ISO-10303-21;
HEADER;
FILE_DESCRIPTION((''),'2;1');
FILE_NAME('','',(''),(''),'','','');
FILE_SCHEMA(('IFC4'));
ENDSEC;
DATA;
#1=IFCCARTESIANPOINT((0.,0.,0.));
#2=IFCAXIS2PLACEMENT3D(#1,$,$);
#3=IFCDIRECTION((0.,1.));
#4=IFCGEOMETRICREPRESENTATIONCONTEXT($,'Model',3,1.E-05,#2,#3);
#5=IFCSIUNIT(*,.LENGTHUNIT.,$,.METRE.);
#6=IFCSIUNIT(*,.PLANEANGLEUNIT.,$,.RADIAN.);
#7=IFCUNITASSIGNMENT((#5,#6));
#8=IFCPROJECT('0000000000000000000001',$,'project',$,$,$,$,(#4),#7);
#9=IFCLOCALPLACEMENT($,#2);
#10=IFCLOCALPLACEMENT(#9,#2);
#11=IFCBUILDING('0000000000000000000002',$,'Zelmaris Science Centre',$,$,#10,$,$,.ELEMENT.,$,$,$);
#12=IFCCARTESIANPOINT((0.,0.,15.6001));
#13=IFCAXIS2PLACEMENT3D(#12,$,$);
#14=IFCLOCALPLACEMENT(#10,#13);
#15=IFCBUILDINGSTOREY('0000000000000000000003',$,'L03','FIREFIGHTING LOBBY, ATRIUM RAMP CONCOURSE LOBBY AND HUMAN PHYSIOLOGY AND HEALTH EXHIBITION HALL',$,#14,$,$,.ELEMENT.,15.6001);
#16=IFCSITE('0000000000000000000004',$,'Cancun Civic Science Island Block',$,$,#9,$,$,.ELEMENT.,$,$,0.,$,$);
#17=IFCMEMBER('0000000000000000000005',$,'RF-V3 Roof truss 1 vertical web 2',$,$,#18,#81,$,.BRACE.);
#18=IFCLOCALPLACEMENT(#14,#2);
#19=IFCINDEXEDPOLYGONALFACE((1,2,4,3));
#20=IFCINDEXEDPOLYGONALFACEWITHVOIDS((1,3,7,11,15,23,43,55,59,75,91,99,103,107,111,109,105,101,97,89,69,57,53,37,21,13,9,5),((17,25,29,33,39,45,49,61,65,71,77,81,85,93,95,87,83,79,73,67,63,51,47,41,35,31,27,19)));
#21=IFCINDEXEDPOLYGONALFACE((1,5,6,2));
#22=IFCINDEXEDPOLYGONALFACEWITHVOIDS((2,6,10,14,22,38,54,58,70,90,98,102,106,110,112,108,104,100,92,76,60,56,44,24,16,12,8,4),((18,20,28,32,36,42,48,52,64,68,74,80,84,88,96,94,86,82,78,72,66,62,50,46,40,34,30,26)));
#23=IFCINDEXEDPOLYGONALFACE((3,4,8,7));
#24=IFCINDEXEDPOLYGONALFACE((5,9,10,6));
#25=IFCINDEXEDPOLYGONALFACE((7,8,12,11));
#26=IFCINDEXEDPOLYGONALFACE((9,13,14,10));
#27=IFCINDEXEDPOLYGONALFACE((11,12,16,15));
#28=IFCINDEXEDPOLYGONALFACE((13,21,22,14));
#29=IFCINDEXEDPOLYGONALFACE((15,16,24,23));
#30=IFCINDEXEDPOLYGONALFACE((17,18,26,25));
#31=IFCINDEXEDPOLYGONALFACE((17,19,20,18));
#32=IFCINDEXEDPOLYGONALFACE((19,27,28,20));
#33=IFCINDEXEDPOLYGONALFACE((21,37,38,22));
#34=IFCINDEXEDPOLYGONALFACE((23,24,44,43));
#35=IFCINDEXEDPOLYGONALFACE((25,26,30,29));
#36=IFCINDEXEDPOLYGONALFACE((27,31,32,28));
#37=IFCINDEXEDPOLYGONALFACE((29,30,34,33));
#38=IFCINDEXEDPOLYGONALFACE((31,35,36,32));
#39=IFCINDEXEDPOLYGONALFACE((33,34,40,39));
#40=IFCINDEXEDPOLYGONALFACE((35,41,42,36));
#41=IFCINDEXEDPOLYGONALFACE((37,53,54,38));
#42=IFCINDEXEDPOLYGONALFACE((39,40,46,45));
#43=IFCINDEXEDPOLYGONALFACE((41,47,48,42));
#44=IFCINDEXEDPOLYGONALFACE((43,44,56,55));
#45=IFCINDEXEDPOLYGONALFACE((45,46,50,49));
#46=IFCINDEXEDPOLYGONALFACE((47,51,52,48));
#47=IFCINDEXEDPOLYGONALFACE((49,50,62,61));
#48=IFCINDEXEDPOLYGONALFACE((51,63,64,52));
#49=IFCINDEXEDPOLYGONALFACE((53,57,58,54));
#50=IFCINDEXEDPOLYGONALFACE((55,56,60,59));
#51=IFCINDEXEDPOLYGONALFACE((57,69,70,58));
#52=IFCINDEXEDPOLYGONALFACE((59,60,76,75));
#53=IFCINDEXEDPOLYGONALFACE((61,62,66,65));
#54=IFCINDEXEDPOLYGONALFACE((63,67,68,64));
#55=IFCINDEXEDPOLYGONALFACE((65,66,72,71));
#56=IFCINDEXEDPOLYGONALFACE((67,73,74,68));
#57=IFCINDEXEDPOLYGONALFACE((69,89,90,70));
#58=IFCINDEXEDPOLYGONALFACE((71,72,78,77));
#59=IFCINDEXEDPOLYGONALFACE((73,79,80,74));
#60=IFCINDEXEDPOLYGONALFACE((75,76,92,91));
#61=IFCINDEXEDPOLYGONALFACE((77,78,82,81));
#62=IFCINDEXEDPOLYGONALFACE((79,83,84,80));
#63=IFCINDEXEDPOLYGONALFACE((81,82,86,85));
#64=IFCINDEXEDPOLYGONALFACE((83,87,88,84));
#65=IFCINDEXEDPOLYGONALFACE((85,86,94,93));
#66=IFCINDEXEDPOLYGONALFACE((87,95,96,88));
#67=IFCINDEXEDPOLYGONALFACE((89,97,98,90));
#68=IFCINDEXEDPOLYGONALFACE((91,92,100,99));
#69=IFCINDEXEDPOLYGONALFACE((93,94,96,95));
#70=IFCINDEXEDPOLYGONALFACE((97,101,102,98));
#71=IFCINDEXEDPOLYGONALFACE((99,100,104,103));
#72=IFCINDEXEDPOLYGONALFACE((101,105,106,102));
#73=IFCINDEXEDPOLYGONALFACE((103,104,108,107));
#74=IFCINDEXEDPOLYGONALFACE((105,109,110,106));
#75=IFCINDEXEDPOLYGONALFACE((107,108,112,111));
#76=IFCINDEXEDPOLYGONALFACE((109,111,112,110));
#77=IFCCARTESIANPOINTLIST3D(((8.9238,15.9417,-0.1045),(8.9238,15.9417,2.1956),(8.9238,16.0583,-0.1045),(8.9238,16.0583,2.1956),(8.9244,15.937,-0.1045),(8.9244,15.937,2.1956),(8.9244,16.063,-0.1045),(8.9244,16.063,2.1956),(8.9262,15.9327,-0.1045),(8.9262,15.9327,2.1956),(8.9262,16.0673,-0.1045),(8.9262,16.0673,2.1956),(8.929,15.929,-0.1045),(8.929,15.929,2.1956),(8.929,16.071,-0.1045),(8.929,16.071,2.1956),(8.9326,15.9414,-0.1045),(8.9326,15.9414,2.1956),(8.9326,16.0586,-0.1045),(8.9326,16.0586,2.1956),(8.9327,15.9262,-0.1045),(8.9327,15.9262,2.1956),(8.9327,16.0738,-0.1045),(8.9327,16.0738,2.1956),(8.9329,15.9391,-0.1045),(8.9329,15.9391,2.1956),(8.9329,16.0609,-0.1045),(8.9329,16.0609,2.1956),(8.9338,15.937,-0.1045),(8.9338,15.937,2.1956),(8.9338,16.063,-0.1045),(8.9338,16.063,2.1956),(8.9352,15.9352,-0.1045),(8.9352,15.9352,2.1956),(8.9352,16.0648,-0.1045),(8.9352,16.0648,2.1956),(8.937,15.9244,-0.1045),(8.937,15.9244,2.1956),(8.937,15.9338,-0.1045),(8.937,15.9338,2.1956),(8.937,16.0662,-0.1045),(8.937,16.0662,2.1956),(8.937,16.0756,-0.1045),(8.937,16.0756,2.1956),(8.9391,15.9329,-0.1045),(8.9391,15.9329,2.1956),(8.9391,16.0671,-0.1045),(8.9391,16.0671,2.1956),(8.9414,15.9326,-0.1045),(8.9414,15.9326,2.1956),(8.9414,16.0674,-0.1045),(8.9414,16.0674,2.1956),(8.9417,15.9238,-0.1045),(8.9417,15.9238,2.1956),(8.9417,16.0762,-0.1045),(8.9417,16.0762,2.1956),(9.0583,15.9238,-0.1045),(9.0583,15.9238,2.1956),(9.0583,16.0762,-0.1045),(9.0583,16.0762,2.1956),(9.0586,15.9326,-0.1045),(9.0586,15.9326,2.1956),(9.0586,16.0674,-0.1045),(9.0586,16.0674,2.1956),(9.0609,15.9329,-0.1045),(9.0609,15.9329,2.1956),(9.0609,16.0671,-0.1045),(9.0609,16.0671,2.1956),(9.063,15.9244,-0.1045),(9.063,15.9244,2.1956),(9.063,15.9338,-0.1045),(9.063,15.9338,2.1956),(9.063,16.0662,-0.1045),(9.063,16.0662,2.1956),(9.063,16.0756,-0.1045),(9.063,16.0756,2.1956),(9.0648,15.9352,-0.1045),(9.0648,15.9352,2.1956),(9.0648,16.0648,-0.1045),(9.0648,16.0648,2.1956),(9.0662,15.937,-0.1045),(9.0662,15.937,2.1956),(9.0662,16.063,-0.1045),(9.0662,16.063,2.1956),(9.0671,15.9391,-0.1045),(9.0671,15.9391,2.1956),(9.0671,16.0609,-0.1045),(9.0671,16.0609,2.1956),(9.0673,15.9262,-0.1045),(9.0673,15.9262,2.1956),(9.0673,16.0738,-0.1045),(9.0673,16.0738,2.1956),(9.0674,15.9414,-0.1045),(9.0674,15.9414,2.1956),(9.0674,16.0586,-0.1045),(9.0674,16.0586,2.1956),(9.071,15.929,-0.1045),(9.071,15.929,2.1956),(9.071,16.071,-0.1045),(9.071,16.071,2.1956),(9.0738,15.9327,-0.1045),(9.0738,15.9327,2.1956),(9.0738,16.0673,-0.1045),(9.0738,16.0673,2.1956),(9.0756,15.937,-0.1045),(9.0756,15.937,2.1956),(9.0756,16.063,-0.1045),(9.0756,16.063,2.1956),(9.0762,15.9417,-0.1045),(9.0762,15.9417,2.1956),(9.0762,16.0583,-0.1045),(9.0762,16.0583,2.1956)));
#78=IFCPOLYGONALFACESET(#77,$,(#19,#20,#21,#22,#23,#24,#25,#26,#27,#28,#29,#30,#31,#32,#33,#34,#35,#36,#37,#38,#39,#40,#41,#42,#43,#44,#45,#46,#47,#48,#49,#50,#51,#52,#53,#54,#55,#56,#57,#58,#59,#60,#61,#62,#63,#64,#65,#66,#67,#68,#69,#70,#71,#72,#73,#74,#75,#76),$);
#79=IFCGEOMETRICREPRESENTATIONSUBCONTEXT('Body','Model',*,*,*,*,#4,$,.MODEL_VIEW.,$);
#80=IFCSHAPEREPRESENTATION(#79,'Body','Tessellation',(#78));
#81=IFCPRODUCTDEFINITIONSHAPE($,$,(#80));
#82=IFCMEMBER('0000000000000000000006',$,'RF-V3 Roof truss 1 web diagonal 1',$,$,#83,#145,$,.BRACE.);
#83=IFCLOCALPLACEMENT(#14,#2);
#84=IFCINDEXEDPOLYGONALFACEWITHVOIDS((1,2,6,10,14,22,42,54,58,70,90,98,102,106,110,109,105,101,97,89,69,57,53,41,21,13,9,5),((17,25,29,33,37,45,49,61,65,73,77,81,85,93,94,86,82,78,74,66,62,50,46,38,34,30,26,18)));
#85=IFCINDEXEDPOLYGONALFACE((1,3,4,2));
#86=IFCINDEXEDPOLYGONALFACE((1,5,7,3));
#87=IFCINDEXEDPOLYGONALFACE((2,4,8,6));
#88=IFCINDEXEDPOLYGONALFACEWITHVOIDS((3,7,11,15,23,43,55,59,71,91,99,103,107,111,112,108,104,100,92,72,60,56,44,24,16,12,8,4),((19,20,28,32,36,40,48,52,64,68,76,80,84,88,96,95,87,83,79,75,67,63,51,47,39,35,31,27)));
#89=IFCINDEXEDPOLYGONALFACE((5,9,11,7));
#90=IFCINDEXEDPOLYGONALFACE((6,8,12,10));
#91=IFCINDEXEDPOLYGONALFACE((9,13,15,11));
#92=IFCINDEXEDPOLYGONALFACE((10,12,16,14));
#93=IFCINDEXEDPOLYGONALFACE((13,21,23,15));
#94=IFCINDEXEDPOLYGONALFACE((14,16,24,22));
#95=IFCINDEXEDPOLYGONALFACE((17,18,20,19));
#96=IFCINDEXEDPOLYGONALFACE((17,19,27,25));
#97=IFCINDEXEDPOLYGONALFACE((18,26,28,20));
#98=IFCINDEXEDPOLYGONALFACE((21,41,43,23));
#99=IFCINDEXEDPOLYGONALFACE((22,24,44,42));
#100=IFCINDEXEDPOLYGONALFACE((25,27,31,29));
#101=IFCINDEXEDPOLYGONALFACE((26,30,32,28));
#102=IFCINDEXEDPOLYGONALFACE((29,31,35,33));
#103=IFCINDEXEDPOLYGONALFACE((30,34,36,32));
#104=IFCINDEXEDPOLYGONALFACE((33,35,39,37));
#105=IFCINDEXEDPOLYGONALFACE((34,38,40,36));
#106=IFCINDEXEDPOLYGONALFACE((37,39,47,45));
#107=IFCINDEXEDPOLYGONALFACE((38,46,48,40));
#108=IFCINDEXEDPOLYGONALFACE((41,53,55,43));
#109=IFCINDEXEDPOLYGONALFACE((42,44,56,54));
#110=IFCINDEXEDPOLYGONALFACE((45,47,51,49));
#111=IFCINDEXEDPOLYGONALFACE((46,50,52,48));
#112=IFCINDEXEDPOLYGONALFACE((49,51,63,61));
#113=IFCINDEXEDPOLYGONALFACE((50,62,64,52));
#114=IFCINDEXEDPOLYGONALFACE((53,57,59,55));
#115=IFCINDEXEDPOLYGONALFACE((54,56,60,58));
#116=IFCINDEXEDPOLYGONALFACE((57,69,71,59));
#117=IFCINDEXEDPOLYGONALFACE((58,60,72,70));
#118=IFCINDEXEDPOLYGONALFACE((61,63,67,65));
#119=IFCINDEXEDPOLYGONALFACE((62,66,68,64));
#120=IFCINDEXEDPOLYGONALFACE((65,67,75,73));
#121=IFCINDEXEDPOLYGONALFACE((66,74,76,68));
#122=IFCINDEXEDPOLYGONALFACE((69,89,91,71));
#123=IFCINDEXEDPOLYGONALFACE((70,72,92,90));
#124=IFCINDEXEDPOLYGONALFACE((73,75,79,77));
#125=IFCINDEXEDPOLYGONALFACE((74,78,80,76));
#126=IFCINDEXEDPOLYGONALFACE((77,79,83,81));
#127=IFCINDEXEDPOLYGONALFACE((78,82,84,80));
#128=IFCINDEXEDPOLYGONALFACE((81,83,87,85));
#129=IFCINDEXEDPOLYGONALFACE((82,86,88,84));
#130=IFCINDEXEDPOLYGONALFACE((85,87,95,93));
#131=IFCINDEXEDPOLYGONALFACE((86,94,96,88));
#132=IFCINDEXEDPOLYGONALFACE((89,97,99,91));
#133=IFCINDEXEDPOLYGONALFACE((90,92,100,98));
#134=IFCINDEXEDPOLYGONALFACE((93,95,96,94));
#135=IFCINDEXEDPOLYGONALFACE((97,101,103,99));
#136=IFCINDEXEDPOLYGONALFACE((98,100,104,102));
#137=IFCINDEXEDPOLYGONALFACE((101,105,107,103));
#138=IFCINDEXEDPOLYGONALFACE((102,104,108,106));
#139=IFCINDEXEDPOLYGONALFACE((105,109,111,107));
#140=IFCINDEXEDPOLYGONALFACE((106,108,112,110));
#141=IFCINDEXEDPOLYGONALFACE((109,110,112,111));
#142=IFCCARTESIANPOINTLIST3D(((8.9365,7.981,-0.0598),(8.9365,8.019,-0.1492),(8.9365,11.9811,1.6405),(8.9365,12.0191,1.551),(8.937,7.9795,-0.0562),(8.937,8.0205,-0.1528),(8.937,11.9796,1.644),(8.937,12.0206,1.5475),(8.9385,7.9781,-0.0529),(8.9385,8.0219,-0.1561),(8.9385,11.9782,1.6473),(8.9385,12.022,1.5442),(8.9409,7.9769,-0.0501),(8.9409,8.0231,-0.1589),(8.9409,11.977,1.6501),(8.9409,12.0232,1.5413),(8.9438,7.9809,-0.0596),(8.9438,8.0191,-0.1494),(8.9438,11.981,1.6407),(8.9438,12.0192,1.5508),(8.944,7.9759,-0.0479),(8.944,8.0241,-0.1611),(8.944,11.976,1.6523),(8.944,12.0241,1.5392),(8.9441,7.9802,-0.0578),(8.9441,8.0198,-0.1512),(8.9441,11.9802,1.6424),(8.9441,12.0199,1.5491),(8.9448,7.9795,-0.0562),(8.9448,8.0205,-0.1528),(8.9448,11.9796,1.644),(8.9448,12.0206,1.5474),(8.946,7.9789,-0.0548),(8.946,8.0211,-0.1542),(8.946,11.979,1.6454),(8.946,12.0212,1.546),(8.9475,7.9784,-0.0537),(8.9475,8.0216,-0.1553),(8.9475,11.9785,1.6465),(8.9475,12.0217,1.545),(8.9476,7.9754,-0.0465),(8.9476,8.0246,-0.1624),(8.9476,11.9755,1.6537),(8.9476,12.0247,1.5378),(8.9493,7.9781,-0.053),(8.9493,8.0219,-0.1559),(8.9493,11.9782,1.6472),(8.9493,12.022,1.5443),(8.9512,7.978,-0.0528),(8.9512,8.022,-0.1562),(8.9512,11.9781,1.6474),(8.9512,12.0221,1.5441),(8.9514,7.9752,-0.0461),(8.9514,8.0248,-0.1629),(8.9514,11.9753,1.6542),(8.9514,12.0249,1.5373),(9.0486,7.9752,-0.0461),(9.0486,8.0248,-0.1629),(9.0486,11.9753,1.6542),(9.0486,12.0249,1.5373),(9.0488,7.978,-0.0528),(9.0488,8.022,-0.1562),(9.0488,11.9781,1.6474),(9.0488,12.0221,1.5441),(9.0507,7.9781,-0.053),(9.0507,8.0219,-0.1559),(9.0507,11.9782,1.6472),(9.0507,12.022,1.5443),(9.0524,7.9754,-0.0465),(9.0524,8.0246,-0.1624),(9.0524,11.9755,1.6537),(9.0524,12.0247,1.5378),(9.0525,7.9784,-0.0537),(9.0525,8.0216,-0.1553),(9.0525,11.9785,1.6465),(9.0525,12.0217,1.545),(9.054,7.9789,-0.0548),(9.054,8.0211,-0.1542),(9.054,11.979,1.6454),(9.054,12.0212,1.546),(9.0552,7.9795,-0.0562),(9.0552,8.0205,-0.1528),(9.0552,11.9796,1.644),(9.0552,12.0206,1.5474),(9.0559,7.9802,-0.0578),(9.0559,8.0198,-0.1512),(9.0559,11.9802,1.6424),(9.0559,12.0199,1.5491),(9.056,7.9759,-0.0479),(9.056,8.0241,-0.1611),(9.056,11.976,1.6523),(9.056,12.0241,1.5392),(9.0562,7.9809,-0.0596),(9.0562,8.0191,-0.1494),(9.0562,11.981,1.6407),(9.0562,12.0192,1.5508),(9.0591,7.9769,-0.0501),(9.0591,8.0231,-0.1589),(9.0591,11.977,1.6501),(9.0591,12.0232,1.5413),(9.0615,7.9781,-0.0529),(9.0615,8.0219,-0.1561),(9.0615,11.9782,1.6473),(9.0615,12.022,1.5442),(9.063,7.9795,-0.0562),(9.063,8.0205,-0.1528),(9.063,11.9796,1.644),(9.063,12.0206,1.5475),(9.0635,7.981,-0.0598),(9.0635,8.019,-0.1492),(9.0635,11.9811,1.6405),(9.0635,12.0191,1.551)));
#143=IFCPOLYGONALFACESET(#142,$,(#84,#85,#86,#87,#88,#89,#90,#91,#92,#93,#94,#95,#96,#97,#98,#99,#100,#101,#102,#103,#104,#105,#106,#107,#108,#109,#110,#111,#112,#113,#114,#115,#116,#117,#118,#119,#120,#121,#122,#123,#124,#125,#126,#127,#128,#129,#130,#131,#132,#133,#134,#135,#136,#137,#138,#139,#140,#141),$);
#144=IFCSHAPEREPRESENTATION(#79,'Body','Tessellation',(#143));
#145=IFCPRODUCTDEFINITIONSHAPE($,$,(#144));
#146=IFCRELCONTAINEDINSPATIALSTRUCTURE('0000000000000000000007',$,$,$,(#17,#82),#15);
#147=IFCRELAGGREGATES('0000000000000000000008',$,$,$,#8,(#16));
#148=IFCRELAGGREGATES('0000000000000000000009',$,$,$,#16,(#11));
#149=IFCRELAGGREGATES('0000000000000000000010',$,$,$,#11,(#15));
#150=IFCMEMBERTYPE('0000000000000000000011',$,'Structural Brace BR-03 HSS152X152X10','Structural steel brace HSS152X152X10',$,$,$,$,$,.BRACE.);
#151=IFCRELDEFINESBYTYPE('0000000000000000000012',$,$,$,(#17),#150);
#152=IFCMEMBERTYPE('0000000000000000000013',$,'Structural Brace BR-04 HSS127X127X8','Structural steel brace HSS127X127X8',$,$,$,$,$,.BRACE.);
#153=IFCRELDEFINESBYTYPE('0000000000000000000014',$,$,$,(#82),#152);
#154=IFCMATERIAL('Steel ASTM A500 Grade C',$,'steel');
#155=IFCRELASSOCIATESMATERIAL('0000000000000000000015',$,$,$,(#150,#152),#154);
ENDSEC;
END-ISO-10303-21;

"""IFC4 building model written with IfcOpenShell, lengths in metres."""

from ifc_helpers import new_model, si_unit, direction, frame, origin, origin_2d, place, context, subcontext, project, spatial, hollow_rectangle, extrude, material, material_profile, profile_set, type_object, element, save


model = new_model("IFC4")

# Units and contexts
model_context = context("Model", 3, precision=1e-05, world=origin(), true_north=direction((0.0, 1.0)))
body_context = subcontext(model_context, "Body", "Model", "MODEL_VIEW")
ifc_project = project(units=[si_unit("LENGTHUNIT", "METRE"), si_unit("PLANEANGLEUNIT", "RADIAN")], contexts=[model_context])

# Site, building, storey
site_placement = place(None, origin())
site = spatial("IfcSite", under=ifc_project, at=site_placement, Name="Cancun Civic Science Island Block", CompositionType="ELEMENT", RefElevation=0.0)
building_placement = place(site_placement, origin())
building = spatial("IfcBuilding", under=site, at=building_placement, Name="Zelmaris Science Centre", CompositionType="ELEMENT")
storey_placement = place(building_placement, frame((0.0, 0.0, 15.6001)))
storey = spatial("IfcBuildingStorey", under=building, at=storey_placement, Name="L03", Description="FIREFIGHTING LOBBY, ATRIUM RAMP CONCOURSE LOBBY AND HUMAN PHYSIOLOGY AND HEALTH EXHIBITION HALL", CompositionType="ELEMENT", Elevation=15.6001)

# Shared definitions
ifc_material_1 = material(Name="Steel ASTM A500 Grade C", Category="steel")

# Members
ifc_material_profile_1 = material_profile(ifc_material_1, hollow_rectangle(XDim=0.1523, YDim=0.1523, WallThickness=0.0088, InnerFilletRadius=0.0088, OuterFilletRadius=0.0178, at=origin_2d()), Name="HSS152X152X10")
ifc_profile_set_1 = profile_set([ifc_material_profile_1], Name="Steel ASTM A500 Grade C")
member_type_1 = type_object("IfcMemberType", Name="Structural Brace BR-03 HSS152X152X10", Description="Structural steel brace HSS152X152X10", PredefinedType="BRACE", material=ifc_profile_set_1)
member_1_placement = place(storey_placement, frame((9.0, 16.0, -0.1045), z_axis=(0.0, 0.0, 1.0), x_axis=(1.0, 0.0, 0.0)))
element("IfcMember", 1, at=member_1_placement, inside=storey, type_object=member_type_1, Name="RF-V3 Roof truss 1 vertical web 2", PredefinedType="BRACE", context=body_context, shape_type="SweptSolid", body=[
    extrude(hollow_rectangle(XDim=0.1523, YDim=0.1523, WallThickness=0.0088, InnerFilletRadius=0.0088, OuterFilletRadius=0.0178, at=origin_2d()), origin(), (0.0, 0.0, 1.0), 2.3),
])
ifc_material_profile_2 = material_profile(ifc_material_1, hollow_rectangle(XDim=0.127, YDim=0.127, WallThickness=0.0073, InnerFilletRadius=0.0073, OuterFilletRadius=0.0149, at=origin_2d()), Name="HSS127X127X8")
ifc_profile_set_2 = profile_set([ifc_material_profile_2], Name="Steel ASTM A500 Grade C")
member_type_2 = type_object("IfcMemberType", Name="Structural Brace BR-04 HSS127X127X8", Description="Structural steel brace HSS127X127X8", PredefinedType="BRACE", material=ifc_profile_set_2)
for number, where, z_axis, x_axis, name in (
    (2, (9.0, 8.0, -0.1045), (0.0, 0.920315, 0.391179), (-1.0, 0.0, 0.0), "RF-V3 Roof truss 1 web diagonal 1"),
):
    element("IfcMember", number, at=place(storey_placement, frame(where, z_axis=z_axis, x_axis=x_axis)), inside=storey, type_object=member_type_2, Name=name, PredefinedType="BRACE", context=body_context, shape_type="SweptSolid", body=[
        extrude(hollow_rectangle(XDim=0.127, YDim=0.127, WallThickness=0.0073, InnerFilletRadius=0.0073, OuterFilletRadius=0.0149, at=origin_2d()), origin(), (0.0, 0.0, 1.0), 4.3464),
    ])

save(model, "model.ifc")
